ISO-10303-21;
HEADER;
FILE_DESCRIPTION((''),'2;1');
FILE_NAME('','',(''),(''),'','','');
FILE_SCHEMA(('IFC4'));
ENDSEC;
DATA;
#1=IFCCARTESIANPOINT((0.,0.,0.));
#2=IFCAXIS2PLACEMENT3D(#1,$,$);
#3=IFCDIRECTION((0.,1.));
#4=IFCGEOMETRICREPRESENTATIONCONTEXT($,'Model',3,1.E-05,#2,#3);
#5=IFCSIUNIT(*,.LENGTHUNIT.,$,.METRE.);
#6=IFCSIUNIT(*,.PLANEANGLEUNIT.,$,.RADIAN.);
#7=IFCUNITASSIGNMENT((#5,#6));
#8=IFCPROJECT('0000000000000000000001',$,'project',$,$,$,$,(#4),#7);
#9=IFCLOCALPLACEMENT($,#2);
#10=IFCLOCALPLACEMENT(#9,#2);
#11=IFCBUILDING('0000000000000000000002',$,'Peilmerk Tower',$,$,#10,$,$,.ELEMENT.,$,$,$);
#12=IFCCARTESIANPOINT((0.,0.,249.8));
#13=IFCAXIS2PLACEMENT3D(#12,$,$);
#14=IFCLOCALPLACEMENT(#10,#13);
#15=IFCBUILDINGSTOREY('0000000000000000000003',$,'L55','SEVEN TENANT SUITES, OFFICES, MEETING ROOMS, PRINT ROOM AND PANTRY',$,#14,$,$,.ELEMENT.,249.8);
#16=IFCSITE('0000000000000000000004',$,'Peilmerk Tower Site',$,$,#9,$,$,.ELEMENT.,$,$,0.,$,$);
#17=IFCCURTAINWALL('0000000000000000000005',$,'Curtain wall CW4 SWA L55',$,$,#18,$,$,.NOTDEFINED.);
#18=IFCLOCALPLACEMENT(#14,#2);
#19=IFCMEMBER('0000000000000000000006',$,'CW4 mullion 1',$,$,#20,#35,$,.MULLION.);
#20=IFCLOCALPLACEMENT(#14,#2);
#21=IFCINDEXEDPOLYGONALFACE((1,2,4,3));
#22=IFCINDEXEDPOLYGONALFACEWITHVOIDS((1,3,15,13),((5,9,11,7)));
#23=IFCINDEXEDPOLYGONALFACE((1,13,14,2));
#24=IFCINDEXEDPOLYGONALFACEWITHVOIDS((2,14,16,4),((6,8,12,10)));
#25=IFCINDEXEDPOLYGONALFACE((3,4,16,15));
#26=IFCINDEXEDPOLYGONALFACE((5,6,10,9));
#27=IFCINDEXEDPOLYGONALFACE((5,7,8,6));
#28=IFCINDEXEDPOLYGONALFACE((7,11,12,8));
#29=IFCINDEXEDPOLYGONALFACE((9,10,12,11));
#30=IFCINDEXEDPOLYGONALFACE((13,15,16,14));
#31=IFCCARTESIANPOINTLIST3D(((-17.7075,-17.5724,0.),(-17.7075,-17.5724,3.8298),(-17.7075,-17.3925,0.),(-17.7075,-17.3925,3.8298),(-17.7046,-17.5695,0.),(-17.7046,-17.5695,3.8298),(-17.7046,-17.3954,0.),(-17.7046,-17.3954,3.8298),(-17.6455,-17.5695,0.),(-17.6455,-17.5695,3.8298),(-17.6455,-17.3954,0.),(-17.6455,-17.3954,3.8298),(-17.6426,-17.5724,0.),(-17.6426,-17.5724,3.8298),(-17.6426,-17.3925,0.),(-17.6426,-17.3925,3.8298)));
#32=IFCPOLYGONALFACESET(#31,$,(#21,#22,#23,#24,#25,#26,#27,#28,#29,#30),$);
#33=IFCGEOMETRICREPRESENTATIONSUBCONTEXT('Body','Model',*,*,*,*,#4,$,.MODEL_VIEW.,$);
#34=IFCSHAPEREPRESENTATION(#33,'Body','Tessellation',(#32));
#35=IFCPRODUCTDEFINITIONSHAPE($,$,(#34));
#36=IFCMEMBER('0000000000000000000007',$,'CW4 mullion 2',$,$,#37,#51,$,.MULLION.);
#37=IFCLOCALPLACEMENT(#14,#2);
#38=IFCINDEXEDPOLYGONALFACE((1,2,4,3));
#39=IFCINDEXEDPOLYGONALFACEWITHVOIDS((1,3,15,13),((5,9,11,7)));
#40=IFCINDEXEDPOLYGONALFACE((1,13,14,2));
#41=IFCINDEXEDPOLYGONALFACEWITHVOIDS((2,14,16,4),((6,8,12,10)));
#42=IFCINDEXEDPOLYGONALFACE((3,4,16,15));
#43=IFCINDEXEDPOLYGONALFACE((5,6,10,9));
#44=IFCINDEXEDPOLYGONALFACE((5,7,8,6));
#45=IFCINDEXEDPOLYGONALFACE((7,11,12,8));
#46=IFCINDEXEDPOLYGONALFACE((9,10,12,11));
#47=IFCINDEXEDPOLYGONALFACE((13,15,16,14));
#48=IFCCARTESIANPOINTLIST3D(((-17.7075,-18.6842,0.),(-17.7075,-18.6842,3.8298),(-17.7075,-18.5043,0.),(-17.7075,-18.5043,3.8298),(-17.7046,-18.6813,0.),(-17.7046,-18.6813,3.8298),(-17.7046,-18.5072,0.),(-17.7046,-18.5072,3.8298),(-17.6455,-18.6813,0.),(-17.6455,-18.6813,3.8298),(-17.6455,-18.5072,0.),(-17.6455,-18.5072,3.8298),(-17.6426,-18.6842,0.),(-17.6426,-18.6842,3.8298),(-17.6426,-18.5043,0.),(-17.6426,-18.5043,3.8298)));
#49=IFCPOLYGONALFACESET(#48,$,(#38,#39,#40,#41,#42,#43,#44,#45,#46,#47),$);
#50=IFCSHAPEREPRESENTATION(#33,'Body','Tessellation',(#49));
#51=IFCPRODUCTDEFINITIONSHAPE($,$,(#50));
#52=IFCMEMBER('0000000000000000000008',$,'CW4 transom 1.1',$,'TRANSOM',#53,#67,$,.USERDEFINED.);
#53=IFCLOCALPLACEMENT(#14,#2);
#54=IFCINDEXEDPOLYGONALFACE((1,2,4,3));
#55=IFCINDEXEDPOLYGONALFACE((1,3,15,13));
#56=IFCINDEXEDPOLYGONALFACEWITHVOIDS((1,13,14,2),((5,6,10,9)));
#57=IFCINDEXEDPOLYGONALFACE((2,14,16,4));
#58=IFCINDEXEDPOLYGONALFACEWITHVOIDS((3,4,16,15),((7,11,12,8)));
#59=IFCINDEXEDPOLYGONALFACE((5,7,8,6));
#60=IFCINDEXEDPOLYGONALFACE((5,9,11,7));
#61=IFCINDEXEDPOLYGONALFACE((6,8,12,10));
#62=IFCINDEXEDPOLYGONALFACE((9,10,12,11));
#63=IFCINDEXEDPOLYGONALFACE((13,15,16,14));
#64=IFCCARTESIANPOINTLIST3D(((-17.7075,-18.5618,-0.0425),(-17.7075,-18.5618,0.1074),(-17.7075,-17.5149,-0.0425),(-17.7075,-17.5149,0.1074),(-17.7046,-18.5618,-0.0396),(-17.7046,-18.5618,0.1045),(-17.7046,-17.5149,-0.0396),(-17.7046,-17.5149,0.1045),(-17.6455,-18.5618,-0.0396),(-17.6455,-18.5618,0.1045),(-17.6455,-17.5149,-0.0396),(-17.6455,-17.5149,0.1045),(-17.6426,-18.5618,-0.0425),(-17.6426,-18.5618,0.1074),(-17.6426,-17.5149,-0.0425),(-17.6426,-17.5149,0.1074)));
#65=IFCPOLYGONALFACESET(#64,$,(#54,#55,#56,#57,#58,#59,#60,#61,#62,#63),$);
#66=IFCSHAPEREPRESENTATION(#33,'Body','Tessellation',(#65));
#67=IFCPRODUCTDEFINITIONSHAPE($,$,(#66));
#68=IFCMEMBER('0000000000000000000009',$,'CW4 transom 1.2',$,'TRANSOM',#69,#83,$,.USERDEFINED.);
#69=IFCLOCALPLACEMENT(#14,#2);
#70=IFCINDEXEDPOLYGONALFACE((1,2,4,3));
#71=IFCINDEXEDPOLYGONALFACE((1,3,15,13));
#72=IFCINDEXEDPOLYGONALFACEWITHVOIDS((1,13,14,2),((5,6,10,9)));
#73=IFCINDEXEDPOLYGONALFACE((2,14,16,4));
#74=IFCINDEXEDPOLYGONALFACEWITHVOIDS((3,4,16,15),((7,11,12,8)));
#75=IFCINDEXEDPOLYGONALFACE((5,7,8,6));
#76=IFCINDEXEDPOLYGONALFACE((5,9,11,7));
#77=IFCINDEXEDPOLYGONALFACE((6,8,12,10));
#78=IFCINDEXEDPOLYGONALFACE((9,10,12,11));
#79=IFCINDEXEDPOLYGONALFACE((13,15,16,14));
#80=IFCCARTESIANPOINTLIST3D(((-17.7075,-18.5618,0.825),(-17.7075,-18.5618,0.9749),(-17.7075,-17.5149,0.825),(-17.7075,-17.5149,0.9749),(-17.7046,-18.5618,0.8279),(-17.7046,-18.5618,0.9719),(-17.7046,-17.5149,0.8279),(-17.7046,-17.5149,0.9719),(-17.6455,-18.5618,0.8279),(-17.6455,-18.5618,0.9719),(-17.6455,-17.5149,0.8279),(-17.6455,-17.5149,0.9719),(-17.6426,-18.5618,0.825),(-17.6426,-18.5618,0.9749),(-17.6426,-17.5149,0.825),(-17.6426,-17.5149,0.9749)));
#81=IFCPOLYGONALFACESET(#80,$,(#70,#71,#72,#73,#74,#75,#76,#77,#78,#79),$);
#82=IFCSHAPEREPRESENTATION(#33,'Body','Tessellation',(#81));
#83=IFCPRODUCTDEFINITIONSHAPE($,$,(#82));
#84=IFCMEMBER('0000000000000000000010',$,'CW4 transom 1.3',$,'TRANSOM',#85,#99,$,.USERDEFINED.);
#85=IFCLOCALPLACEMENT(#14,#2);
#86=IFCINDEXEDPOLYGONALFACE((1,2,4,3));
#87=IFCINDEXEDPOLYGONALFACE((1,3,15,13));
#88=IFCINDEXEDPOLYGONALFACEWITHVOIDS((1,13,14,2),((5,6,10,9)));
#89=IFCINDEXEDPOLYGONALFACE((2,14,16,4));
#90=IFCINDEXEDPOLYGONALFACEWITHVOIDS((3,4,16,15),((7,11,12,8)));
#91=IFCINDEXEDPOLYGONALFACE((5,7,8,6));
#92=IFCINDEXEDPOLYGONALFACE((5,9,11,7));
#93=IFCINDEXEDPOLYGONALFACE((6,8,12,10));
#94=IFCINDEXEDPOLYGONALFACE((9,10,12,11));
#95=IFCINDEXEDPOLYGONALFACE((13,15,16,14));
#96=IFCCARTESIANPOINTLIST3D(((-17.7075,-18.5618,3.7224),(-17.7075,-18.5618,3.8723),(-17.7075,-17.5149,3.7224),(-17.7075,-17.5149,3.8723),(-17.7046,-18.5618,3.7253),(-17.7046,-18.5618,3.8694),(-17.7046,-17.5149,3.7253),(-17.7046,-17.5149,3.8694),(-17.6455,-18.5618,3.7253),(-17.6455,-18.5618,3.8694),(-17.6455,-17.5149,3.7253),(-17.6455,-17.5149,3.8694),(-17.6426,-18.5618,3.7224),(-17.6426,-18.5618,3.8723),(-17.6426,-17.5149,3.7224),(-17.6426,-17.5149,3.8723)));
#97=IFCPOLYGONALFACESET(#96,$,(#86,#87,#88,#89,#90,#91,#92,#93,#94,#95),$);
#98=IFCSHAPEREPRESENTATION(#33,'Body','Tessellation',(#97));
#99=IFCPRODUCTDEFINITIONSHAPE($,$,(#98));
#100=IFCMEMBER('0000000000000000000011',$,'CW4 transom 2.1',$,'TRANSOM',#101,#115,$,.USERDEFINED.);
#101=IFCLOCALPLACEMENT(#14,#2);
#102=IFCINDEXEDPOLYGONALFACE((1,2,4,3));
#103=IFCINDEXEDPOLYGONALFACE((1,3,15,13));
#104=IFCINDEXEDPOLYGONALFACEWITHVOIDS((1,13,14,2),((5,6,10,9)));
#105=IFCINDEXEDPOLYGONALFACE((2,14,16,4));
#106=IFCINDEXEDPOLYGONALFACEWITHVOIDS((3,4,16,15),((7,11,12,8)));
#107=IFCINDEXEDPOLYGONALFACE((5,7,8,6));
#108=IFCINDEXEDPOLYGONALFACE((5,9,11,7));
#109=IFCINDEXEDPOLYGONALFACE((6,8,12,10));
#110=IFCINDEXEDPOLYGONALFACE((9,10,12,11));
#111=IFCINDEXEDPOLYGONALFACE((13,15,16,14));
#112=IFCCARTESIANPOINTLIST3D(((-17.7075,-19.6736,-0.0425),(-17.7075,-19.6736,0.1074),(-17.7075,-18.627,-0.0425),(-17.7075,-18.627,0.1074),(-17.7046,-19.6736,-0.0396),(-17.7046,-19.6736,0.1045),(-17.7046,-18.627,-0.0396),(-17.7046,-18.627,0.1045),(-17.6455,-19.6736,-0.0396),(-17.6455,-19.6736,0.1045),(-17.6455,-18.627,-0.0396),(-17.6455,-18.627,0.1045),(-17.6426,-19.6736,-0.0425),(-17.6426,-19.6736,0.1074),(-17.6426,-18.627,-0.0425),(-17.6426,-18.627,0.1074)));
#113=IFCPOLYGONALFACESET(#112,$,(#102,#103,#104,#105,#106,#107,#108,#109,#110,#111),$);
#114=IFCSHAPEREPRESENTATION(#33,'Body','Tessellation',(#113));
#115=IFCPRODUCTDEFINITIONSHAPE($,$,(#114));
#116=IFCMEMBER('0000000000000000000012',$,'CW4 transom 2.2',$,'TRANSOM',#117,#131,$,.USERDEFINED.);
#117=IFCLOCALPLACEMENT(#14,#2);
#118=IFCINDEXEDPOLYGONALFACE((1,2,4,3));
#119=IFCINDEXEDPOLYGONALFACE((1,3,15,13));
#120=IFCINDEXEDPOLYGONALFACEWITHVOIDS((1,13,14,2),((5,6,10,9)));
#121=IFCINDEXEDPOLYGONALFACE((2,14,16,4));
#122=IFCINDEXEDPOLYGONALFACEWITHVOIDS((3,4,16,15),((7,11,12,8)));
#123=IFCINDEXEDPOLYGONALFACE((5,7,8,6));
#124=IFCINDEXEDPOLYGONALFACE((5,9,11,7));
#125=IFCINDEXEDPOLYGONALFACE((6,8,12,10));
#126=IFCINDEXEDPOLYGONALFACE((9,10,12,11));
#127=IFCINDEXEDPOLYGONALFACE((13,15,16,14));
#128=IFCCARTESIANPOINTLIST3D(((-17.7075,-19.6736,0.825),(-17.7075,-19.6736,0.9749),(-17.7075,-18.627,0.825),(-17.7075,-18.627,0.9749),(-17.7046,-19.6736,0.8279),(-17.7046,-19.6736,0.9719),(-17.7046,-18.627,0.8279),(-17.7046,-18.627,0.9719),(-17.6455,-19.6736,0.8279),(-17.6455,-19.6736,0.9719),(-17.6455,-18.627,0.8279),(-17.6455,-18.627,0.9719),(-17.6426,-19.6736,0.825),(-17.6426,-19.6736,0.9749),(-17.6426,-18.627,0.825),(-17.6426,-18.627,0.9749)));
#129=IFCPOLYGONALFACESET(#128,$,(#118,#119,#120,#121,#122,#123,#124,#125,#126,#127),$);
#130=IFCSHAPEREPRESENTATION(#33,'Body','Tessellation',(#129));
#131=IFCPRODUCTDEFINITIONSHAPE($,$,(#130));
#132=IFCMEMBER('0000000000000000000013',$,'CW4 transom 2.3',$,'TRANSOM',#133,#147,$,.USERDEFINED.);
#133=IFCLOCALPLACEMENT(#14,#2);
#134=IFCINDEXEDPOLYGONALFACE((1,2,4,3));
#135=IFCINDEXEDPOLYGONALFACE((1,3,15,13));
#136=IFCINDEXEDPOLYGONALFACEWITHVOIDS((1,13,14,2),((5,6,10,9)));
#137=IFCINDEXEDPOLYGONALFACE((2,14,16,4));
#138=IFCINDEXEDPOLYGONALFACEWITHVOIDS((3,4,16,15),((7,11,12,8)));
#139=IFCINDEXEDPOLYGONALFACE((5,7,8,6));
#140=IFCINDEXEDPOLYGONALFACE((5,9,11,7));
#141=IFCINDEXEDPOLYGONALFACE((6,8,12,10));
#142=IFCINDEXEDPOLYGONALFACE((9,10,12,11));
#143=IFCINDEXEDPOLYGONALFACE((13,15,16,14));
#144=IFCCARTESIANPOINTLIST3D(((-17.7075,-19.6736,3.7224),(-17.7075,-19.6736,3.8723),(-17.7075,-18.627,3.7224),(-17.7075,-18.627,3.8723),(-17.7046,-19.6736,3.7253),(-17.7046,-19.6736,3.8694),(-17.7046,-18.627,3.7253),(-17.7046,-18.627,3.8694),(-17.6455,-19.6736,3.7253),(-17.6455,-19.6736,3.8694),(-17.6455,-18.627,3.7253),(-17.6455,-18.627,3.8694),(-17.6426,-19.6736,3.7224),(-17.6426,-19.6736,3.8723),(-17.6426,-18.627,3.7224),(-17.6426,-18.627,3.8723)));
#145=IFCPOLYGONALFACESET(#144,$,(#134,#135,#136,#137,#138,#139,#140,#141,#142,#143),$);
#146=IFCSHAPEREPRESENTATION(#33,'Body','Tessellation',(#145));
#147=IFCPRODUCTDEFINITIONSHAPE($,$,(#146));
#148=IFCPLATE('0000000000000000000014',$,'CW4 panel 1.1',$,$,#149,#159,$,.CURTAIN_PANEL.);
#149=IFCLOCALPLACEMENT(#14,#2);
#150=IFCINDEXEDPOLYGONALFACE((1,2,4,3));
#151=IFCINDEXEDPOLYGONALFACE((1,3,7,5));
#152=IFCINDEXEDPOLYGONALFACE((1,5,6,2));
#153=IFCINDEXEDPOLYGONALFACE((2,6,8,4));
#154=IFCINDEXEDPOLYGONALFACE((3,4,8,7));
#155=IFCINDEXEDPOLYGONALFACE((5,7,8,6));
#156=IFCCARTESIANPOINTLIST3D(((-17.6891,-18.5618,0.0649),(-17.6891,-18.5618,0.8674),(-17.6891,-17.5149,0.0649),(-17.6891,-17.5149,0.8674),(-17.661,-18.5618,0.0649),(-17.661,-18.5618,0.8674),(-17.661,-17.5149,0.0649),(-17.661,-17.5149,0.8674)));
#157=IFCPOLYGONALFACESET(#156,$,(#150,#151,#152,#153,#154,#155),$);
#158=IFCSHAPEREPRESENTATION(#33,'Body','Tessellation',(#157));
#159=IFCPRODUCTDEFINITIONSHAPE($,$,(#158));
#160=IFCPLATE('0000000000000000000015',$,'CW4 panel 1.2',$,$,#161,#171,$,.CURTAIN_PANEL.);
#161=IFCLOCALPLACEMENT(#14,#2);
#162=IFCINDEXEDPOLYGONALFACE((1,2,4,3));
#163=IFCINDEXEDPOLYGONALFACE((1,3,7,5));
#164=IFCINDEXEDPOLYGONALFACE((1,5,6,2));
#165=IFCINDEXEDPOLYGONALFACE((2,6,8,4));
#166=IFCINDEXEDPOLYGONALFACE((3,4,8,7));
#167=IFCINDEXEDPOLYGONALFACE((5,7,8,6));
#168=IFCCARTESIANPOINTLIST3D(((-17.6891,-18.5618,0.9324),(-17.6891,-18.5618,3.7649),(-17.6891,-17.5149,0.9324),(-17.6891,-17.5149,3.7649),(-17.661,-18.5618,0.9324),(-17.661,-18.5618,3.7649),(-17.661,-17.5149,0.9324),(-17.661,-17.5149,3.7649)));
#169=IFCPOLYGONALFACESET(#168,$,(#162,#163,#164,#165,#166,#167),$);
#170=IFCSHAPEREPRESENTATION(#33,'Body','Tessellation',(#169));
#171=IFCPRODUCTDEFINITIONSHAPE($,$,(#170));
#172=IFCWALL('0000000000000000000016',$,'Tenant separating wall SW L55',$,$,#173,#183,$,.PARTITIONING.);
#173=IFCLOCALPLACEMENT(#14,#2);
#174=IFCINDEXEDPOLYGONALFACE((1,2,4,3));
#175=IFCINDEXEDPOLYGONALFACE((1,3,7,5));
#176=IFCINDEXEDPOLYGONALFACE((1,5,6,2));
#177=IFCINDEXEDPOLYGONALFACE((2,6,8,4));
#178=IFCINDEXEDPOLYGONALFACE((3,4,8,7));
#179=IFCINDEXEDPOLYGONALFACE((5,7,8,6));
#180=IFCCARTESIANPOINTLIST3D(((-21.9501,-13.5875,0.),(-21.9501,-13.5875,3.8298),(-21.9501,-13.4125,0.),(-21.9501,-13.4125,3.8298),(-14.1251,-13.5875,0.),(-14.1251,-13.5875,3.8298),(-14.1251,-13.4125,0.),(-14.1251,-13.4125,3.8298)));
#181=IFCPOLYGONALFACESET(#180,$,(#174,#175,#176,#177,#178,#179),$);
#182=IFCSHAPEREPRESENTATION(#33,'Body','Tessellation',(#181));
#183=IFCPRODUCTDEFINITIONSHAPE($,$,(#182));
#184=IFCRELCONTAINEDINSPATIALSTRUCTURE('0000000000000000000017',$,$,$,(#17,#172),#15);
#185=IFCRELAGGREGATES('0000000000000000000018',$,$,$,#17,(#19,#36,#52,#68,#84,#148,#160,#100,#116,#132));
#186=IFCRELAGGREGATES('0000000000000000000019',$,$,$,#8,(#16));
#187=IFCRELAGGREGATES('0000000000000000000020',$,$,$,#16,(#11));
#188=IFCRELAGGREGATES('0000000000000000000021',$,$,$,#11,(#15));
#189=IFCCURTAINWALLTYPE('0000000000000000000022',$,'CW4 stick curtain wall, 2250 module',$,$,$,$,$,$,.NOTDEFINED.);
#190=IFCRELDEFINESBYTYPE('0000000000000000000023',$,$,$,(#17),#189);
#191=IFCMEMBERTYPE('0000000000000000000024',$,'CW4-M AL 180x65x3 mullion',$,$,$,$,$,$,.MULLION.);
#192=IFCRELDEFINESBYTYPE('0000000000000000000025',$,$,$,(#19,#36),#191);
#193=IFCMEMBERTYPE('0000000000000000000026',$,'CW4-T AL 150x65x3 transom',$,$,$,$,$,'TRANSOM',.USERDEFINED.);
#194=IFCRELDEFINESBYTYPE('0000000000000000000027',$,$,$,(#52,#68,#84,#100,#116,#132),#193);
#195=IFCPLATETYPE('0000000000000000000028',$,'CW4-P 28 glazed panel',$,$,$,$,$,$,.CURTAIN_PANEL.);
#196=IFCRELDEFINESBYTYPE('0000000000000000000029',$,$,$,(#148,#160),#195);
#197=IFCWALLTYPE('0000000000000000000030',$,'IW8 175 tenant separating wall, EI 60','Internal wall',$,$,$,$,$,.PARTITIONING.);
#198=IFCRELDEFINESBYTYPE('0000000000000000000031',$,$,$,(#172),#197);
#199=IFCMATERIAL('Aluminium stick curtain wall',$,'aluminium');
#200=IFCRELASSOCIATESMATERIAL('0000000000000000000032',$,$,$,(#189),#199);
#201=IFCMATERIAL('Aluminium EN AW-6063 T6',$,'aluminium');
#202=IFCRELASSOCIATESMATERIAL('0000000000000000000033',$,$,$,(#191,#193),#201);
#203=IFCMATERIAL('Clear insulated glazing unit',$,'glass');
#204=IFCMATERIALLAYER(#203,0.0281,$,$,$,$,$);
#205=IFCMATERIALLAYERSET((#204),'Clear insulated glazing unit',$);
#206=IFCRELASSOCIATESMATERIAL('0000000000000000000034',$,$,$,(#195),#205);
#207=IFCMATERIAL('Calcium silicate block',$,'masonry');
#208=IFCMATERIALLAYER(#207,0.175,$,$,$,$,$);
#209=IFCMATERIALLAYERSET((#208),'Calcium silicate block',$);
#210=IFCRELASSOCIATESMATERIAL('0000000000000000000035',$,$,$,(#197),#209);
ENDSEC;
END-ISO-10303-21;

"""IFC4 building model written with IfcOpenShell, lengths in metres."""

from ifc_helpers import new_model, si_unit, direction, frame, frame_2d, origin, origin_2d, place, context, subcontext, project, spatial, rectangle, hollow_rectangle, extrude, material, layer, layer_set, material_profile, profile_set, type_object, element, aggregate, save


model = new_model("IFC4")

# Units and contexts
model_context = context("Model", 3, precision=1e-05, world=origin(), true_north=direction((0.0, 1.0)))
body_context = subcontext(model_context, "Body", "Model", "MODEL_VIEW")
ifc_project = project(units=[si_unit("LENGTHUNIT", "METRE"), si_unit("PLANEANGLEUNIT", "RADIAN")], contexts=[model_context])

# Site, building, storey
site_placement = place(None, origin())
site = spatial("IfcSite", under=ifc_project, at=site_placement, Name="Peilmerk Tower Site", CompositionType="ELEMENT", RefElevation=0.0)
building_placement = place(site_placement, origin())
building = spatial("IfcBuilding", under=site, at=building_placement, Name="Peilmerk Tower", CompositionType="ELEMENT")
storey_placement = place(building_placement, frame((0.0, 0.0, 249.8)))
storey = spatial("IfcBuildingStorey", under=building, at=storey_placement, Name="L55", Description="SEVEN TENANT SUITES, OFFICES, MEETING ROOMS, PRINT ROOM AND PANTRY", CompositionType="ELEMENT", Elevation=249.8)

# Curtain wall, members, plates
ifc_material_1 = material(Name="Aluminium stick curtain wall", Category="aluminium")
curtain_wall_type = type_object("IfcCurtainWallType", Name="CW4 stick curtain wall, 2250 module", PredefinedType="NOTDEFINED", material=ifc_material_1)
curtain_wall_placement = place(storey_placement, origin())
curtain_wall = element("IfcCurtainWall", 1, at=curtain_wall_placement, inside=storey, type_object=curtain_wall_type, Name="Curtain wall CW4 SWA L55", PredefinedType="NOTDEFINED")
ifc_material_2 = material(Name="Aluminium EN AW-6063 T6", Category="aluminium")
ifc_material_profile_1 = material_profile(ifc_material_2, hollow_rectangle(XDim=0.0649, YDim=0.1799, WallThickness=0.0029, at=origin_2d()), Name="AL 180x65x3")
ifc_profile_set_1 = profile_set([ifc_material_profile_1], Name="Aluminium EN AW-6063 T6")
member_type_1 = type_object("IfcMemberType", Name="CW4-M AL 180x65x3 mullion", PredefinedType="MULLION", material=ifc_profile_set_1)
member_1_placement = place(storey_placement, frame((-17.675, -17.4824, 0.0), z_axis=(0.0, 0.0, 1.0), x_axis=(1.0, 0.0, 0.0)))
member_1 = element("IfcMember", 2, at=member_1_placement, type_object=member_type_1, Name="CW4 mullion 1", PredefinedType="MULLION", context=body_context, shape_type="SweptSolid", body=[
    extrude(hollow_rectangle(XDim=0.0649, YDim=0.1799, WallThickness=0.0029, at=origin_2d()), origin(), (0.0, 0.0, 1.0), 3.8298),
])
member_2_placement = place(storey_placement, frame((-17.675, -18.5942, 0.0), z_axis=(0.0, 0.0, 1.0), x_axis=(1.0, 0.0, 0.0)))
member_2 = element("IfcMember", 3, at=member_2_placement, type_object=member_type_1, Name="CW4 mullion 2", PredefinedType="MULLION", context=body_context, shape_type="SweptSolid", body=[
    extrude(hollow_rectangle(XDim=0.0649, YDim=0.1799, WallThickness=0.0029, at=origin_2d()), origin(), (0.0, 0.0, 1.0), 3.8298),
])
ifc_material_profile_2 = material_profile(ifc_material_2, hollow_rectangle(XDim=0.0649, YDim=0.1499, WallThickness=0.0029, at=origin_2d()), Name="AL 150x65x3")
ifc_profile_set_2 = profile_set([ifc_material_profile_2], Name="Aluminium EN AW-6063 T6")
member_type_2 = type_object("IfcMemberType", Name="CW4-T AL 150x65x3 transom", ElementType="TRANSOM", PredefinedType="USERDEFINED", material=ifc_profile_set_2)
member_3_placement = place(storey_placement, frame((-17.675, -17.5149, 0.0325), z_axis=(0.0, -1.0, 0.0), x_axis=(1.0, 0.0, 0.0)))
member_3 = element("IfcMember", 4, at=member_3_placement, type_object=member_type_2, Name="CW4 transom 1.1", ObjectType="TRANSOM", PredefinedType="USERDEFINED", context=body_context, shape_type="SweptSolid", body=[
    extrude(hollow_rectangle(XDim=0.0649, YDim=0.1499, WallThickness=0.0029, at=origin_2d()), origin(), (0.0, 0.0, 1.0), 1.0469),
])
member_4_placement = place(storey_placement, frame((-17.675, -17.5149, 0.8999), z_axis=(0.0, -1.0, 0.0), x_axis=(1.0, 0.0, 0.0)))
member_4 = element("IfcMember", 5, at=member_4_placement, type_object=member_type_2, Name="CW4 transom 1.2", ObjectType="TRANSOM", PredefinedType="USERDEFINED", context=body_context, shape_type="SweptSolid", body=[
    extrude(hollow_rectangle(XDim=0.0649, YDim=0.1499, WallThickness=0.0029, at=origin_2d()), origin(), (0.0, 0.0, 1.0), 1.0469),
])
member_5_placement = place(storey_placement, frame((-17.675, -17.5149, 3.7974), z_axis=(0.0, -1.0, 0.0), x_axis=(1.0, 0.0, 0.0)))
member_5 = element("IfcMember", 6, at=member_5_placement, type_object=member_type_2, Name="CW4 transom 1.3", ObjectType="TRANSOM", PredefinedType="USERDEFINED", context=body_context, shape_type="SweptSolid", body=[
    extrude(hollow_rectangle(XDim=0.0649, YDim=0.1499, WallThickness=0.0029, at=origin_2d()), origin(), (0.0, 0.0, 1.0), 1.0469),
])
member_6_placement = place(storey_placement, frame((-17.675, -18.627, 0.0325), z_axis=(0.0, -1.0, 0.0), x_axis=(1.0, 0.0, 0.0)))
member_6 = element("IfcMember", 7, at=member_6_placement, type_object=member_type_2, Name="CW4 transom 2.1", ObjectType="TRANSOM", PredefinedType="USERDEFINED", context=body_context, shape_type="SweptSolid", body=[
    extrude(hollow_rectangle(XDim=0.0649, YDim=0.1499, WallThickness=0.0029, at=origin_2d()), origin(), (0.0, 0.0, 1.0), 1.0466),
])
member_7_placement = place(storey_placement, frame((-17.675, -18.627, 0.8999), z_axis=(0.0, -1.0, 0.0), x_axis=(1.0, 0.0, 0.0)))
member_7 = element("IfcMember", 8, at=member_7_placement, type_object=member_type_2, Name="CW4 transom 2.2", ObjectType="TRANSOM", PredefinedType="USERDEFINED", context=body_context, shape_type="SweptSolid", body=[
    extrude(hollow_rectangle(XDim=0.0649, YDim=0.1499, WallThickness=0.0029, at=origin_2d()), origin(), (0.0, 0.0, 1.0), 1.0466),
])
member_8_placement = place(storey_placement, frame((-17.675, -18.627, 3.7974), z_axis=(0.0, -1.0, 0.0), x_axis=(1.0, 0.0, 0.0)))
member_8 = element("IfcMember", 9, at=member_8_placement, type_object=member_type_2, Name="CW4 transom 2.3", ObjectType="TRANSOM", PredefinedType="USERDEFINED", context=body_context, shape_type="SweptSolid", body=[
    extrude(hollow_rectangle(XDim=0.0649, YDim=0.1499, WallThickness=0.0029, at=origin_2d()), origin(), (0.0, 0.0, 1.0), 1.0466),
])
ifc_material_3 = material(Name="Clear insulated glazing unit", Category="glass")
ifc_layer_1 = layer(ifc_material_3, 0.0281)
ifc_layer_set_1 = layer_set([ifc_layer_1], Name="Clear insulated glazing unit")
plate_type = type_object("IfcPlateType", Name="CW4-P 28 glazed panel", PredefinedType="CURTAIN_PANEL", material=ifc_layer_set_1)
plate_1_placement = place(storey_placement, frame((-17.675, -18.0383, 0.0649), z_axis=(0.0, 0.0, 1.0), x_axis=(0.0, -1.0, 0.0)))
plate_1 = element("IfcPlate", 10, at=plate_1_placement, type_object=plate_type, Name="CW4 panel 1.1", PredefinedType="CURTAIN_PANEL", context=body_context, shape_type="SweptSolid", body=[
    extrude(rectangle(XDim=1.0469, YDim=0.0281, at=origin_2d()), origin(), (0.0, 0.0, 1.0), 0.8025),
])
plate_2_placement = place(storey_placement, frame((-17.675, -18.0383, 0.9324), z_axis=(0.0, 0.0, 1.0), x_axis=(0.0, -1.0, 0.0)))
plate_2 = element("IfcPlate", 11, at=plate_2_placement, type_object=plate_type, Name="CW4 panel 1.2", PredefinedType="CURTAIN_PANEL", context=body_context, shape_type="SweptSolid", body=[
    extrude(rectangle(XDim=1.0469, YDim=0.0281, at=origin_2d()), origin(), (0.0, 0.0, 1.0), 2.8325),
])
aggregate(curtain_wall, [member_1, member_2, member_3, member_4, member_5, plate_1, plate_2, member_6, member_7, member_8])

# Wall
ifc_material_4 = material(Name="Calcium silicate block", Category="masonry")
ifc_layer_2 = layer(ifc_material_4, 0.175)
ifc_layer_set_2 = layer_set([ifc_layer_2], Name="Calcium silicate block")
wall_type = type_object("IfcWallType", Name="IW8 175 tenant separating wall, EI 60", Description="Internal wall", PredefinedType="PARTITIONING", material=ifc_layer_set_2)
wall_1_placement = place(storey_placement, frame((-14.125, -13.5, 0.0), z_axis=(0.0, 0.0, 1.0), x_axis=(-1.0, 0.0, 0.0)))
element("IfcWall", 12, at=wall_1_placement, inside=storey, type_object=wall_type, Name="Tenant separating wall SW L55", PredefinedType="PARTITIONING", context=body_context, shape_type="SweptSolid", body=[
    extrude(rectangle(XDim=7.825, YDim=0.175, at=frame_2d((3.9126, 0.0))), origin(), (0.0, 0.0, 1.0), 3.8298),
])

save(model, "model.ifc")
